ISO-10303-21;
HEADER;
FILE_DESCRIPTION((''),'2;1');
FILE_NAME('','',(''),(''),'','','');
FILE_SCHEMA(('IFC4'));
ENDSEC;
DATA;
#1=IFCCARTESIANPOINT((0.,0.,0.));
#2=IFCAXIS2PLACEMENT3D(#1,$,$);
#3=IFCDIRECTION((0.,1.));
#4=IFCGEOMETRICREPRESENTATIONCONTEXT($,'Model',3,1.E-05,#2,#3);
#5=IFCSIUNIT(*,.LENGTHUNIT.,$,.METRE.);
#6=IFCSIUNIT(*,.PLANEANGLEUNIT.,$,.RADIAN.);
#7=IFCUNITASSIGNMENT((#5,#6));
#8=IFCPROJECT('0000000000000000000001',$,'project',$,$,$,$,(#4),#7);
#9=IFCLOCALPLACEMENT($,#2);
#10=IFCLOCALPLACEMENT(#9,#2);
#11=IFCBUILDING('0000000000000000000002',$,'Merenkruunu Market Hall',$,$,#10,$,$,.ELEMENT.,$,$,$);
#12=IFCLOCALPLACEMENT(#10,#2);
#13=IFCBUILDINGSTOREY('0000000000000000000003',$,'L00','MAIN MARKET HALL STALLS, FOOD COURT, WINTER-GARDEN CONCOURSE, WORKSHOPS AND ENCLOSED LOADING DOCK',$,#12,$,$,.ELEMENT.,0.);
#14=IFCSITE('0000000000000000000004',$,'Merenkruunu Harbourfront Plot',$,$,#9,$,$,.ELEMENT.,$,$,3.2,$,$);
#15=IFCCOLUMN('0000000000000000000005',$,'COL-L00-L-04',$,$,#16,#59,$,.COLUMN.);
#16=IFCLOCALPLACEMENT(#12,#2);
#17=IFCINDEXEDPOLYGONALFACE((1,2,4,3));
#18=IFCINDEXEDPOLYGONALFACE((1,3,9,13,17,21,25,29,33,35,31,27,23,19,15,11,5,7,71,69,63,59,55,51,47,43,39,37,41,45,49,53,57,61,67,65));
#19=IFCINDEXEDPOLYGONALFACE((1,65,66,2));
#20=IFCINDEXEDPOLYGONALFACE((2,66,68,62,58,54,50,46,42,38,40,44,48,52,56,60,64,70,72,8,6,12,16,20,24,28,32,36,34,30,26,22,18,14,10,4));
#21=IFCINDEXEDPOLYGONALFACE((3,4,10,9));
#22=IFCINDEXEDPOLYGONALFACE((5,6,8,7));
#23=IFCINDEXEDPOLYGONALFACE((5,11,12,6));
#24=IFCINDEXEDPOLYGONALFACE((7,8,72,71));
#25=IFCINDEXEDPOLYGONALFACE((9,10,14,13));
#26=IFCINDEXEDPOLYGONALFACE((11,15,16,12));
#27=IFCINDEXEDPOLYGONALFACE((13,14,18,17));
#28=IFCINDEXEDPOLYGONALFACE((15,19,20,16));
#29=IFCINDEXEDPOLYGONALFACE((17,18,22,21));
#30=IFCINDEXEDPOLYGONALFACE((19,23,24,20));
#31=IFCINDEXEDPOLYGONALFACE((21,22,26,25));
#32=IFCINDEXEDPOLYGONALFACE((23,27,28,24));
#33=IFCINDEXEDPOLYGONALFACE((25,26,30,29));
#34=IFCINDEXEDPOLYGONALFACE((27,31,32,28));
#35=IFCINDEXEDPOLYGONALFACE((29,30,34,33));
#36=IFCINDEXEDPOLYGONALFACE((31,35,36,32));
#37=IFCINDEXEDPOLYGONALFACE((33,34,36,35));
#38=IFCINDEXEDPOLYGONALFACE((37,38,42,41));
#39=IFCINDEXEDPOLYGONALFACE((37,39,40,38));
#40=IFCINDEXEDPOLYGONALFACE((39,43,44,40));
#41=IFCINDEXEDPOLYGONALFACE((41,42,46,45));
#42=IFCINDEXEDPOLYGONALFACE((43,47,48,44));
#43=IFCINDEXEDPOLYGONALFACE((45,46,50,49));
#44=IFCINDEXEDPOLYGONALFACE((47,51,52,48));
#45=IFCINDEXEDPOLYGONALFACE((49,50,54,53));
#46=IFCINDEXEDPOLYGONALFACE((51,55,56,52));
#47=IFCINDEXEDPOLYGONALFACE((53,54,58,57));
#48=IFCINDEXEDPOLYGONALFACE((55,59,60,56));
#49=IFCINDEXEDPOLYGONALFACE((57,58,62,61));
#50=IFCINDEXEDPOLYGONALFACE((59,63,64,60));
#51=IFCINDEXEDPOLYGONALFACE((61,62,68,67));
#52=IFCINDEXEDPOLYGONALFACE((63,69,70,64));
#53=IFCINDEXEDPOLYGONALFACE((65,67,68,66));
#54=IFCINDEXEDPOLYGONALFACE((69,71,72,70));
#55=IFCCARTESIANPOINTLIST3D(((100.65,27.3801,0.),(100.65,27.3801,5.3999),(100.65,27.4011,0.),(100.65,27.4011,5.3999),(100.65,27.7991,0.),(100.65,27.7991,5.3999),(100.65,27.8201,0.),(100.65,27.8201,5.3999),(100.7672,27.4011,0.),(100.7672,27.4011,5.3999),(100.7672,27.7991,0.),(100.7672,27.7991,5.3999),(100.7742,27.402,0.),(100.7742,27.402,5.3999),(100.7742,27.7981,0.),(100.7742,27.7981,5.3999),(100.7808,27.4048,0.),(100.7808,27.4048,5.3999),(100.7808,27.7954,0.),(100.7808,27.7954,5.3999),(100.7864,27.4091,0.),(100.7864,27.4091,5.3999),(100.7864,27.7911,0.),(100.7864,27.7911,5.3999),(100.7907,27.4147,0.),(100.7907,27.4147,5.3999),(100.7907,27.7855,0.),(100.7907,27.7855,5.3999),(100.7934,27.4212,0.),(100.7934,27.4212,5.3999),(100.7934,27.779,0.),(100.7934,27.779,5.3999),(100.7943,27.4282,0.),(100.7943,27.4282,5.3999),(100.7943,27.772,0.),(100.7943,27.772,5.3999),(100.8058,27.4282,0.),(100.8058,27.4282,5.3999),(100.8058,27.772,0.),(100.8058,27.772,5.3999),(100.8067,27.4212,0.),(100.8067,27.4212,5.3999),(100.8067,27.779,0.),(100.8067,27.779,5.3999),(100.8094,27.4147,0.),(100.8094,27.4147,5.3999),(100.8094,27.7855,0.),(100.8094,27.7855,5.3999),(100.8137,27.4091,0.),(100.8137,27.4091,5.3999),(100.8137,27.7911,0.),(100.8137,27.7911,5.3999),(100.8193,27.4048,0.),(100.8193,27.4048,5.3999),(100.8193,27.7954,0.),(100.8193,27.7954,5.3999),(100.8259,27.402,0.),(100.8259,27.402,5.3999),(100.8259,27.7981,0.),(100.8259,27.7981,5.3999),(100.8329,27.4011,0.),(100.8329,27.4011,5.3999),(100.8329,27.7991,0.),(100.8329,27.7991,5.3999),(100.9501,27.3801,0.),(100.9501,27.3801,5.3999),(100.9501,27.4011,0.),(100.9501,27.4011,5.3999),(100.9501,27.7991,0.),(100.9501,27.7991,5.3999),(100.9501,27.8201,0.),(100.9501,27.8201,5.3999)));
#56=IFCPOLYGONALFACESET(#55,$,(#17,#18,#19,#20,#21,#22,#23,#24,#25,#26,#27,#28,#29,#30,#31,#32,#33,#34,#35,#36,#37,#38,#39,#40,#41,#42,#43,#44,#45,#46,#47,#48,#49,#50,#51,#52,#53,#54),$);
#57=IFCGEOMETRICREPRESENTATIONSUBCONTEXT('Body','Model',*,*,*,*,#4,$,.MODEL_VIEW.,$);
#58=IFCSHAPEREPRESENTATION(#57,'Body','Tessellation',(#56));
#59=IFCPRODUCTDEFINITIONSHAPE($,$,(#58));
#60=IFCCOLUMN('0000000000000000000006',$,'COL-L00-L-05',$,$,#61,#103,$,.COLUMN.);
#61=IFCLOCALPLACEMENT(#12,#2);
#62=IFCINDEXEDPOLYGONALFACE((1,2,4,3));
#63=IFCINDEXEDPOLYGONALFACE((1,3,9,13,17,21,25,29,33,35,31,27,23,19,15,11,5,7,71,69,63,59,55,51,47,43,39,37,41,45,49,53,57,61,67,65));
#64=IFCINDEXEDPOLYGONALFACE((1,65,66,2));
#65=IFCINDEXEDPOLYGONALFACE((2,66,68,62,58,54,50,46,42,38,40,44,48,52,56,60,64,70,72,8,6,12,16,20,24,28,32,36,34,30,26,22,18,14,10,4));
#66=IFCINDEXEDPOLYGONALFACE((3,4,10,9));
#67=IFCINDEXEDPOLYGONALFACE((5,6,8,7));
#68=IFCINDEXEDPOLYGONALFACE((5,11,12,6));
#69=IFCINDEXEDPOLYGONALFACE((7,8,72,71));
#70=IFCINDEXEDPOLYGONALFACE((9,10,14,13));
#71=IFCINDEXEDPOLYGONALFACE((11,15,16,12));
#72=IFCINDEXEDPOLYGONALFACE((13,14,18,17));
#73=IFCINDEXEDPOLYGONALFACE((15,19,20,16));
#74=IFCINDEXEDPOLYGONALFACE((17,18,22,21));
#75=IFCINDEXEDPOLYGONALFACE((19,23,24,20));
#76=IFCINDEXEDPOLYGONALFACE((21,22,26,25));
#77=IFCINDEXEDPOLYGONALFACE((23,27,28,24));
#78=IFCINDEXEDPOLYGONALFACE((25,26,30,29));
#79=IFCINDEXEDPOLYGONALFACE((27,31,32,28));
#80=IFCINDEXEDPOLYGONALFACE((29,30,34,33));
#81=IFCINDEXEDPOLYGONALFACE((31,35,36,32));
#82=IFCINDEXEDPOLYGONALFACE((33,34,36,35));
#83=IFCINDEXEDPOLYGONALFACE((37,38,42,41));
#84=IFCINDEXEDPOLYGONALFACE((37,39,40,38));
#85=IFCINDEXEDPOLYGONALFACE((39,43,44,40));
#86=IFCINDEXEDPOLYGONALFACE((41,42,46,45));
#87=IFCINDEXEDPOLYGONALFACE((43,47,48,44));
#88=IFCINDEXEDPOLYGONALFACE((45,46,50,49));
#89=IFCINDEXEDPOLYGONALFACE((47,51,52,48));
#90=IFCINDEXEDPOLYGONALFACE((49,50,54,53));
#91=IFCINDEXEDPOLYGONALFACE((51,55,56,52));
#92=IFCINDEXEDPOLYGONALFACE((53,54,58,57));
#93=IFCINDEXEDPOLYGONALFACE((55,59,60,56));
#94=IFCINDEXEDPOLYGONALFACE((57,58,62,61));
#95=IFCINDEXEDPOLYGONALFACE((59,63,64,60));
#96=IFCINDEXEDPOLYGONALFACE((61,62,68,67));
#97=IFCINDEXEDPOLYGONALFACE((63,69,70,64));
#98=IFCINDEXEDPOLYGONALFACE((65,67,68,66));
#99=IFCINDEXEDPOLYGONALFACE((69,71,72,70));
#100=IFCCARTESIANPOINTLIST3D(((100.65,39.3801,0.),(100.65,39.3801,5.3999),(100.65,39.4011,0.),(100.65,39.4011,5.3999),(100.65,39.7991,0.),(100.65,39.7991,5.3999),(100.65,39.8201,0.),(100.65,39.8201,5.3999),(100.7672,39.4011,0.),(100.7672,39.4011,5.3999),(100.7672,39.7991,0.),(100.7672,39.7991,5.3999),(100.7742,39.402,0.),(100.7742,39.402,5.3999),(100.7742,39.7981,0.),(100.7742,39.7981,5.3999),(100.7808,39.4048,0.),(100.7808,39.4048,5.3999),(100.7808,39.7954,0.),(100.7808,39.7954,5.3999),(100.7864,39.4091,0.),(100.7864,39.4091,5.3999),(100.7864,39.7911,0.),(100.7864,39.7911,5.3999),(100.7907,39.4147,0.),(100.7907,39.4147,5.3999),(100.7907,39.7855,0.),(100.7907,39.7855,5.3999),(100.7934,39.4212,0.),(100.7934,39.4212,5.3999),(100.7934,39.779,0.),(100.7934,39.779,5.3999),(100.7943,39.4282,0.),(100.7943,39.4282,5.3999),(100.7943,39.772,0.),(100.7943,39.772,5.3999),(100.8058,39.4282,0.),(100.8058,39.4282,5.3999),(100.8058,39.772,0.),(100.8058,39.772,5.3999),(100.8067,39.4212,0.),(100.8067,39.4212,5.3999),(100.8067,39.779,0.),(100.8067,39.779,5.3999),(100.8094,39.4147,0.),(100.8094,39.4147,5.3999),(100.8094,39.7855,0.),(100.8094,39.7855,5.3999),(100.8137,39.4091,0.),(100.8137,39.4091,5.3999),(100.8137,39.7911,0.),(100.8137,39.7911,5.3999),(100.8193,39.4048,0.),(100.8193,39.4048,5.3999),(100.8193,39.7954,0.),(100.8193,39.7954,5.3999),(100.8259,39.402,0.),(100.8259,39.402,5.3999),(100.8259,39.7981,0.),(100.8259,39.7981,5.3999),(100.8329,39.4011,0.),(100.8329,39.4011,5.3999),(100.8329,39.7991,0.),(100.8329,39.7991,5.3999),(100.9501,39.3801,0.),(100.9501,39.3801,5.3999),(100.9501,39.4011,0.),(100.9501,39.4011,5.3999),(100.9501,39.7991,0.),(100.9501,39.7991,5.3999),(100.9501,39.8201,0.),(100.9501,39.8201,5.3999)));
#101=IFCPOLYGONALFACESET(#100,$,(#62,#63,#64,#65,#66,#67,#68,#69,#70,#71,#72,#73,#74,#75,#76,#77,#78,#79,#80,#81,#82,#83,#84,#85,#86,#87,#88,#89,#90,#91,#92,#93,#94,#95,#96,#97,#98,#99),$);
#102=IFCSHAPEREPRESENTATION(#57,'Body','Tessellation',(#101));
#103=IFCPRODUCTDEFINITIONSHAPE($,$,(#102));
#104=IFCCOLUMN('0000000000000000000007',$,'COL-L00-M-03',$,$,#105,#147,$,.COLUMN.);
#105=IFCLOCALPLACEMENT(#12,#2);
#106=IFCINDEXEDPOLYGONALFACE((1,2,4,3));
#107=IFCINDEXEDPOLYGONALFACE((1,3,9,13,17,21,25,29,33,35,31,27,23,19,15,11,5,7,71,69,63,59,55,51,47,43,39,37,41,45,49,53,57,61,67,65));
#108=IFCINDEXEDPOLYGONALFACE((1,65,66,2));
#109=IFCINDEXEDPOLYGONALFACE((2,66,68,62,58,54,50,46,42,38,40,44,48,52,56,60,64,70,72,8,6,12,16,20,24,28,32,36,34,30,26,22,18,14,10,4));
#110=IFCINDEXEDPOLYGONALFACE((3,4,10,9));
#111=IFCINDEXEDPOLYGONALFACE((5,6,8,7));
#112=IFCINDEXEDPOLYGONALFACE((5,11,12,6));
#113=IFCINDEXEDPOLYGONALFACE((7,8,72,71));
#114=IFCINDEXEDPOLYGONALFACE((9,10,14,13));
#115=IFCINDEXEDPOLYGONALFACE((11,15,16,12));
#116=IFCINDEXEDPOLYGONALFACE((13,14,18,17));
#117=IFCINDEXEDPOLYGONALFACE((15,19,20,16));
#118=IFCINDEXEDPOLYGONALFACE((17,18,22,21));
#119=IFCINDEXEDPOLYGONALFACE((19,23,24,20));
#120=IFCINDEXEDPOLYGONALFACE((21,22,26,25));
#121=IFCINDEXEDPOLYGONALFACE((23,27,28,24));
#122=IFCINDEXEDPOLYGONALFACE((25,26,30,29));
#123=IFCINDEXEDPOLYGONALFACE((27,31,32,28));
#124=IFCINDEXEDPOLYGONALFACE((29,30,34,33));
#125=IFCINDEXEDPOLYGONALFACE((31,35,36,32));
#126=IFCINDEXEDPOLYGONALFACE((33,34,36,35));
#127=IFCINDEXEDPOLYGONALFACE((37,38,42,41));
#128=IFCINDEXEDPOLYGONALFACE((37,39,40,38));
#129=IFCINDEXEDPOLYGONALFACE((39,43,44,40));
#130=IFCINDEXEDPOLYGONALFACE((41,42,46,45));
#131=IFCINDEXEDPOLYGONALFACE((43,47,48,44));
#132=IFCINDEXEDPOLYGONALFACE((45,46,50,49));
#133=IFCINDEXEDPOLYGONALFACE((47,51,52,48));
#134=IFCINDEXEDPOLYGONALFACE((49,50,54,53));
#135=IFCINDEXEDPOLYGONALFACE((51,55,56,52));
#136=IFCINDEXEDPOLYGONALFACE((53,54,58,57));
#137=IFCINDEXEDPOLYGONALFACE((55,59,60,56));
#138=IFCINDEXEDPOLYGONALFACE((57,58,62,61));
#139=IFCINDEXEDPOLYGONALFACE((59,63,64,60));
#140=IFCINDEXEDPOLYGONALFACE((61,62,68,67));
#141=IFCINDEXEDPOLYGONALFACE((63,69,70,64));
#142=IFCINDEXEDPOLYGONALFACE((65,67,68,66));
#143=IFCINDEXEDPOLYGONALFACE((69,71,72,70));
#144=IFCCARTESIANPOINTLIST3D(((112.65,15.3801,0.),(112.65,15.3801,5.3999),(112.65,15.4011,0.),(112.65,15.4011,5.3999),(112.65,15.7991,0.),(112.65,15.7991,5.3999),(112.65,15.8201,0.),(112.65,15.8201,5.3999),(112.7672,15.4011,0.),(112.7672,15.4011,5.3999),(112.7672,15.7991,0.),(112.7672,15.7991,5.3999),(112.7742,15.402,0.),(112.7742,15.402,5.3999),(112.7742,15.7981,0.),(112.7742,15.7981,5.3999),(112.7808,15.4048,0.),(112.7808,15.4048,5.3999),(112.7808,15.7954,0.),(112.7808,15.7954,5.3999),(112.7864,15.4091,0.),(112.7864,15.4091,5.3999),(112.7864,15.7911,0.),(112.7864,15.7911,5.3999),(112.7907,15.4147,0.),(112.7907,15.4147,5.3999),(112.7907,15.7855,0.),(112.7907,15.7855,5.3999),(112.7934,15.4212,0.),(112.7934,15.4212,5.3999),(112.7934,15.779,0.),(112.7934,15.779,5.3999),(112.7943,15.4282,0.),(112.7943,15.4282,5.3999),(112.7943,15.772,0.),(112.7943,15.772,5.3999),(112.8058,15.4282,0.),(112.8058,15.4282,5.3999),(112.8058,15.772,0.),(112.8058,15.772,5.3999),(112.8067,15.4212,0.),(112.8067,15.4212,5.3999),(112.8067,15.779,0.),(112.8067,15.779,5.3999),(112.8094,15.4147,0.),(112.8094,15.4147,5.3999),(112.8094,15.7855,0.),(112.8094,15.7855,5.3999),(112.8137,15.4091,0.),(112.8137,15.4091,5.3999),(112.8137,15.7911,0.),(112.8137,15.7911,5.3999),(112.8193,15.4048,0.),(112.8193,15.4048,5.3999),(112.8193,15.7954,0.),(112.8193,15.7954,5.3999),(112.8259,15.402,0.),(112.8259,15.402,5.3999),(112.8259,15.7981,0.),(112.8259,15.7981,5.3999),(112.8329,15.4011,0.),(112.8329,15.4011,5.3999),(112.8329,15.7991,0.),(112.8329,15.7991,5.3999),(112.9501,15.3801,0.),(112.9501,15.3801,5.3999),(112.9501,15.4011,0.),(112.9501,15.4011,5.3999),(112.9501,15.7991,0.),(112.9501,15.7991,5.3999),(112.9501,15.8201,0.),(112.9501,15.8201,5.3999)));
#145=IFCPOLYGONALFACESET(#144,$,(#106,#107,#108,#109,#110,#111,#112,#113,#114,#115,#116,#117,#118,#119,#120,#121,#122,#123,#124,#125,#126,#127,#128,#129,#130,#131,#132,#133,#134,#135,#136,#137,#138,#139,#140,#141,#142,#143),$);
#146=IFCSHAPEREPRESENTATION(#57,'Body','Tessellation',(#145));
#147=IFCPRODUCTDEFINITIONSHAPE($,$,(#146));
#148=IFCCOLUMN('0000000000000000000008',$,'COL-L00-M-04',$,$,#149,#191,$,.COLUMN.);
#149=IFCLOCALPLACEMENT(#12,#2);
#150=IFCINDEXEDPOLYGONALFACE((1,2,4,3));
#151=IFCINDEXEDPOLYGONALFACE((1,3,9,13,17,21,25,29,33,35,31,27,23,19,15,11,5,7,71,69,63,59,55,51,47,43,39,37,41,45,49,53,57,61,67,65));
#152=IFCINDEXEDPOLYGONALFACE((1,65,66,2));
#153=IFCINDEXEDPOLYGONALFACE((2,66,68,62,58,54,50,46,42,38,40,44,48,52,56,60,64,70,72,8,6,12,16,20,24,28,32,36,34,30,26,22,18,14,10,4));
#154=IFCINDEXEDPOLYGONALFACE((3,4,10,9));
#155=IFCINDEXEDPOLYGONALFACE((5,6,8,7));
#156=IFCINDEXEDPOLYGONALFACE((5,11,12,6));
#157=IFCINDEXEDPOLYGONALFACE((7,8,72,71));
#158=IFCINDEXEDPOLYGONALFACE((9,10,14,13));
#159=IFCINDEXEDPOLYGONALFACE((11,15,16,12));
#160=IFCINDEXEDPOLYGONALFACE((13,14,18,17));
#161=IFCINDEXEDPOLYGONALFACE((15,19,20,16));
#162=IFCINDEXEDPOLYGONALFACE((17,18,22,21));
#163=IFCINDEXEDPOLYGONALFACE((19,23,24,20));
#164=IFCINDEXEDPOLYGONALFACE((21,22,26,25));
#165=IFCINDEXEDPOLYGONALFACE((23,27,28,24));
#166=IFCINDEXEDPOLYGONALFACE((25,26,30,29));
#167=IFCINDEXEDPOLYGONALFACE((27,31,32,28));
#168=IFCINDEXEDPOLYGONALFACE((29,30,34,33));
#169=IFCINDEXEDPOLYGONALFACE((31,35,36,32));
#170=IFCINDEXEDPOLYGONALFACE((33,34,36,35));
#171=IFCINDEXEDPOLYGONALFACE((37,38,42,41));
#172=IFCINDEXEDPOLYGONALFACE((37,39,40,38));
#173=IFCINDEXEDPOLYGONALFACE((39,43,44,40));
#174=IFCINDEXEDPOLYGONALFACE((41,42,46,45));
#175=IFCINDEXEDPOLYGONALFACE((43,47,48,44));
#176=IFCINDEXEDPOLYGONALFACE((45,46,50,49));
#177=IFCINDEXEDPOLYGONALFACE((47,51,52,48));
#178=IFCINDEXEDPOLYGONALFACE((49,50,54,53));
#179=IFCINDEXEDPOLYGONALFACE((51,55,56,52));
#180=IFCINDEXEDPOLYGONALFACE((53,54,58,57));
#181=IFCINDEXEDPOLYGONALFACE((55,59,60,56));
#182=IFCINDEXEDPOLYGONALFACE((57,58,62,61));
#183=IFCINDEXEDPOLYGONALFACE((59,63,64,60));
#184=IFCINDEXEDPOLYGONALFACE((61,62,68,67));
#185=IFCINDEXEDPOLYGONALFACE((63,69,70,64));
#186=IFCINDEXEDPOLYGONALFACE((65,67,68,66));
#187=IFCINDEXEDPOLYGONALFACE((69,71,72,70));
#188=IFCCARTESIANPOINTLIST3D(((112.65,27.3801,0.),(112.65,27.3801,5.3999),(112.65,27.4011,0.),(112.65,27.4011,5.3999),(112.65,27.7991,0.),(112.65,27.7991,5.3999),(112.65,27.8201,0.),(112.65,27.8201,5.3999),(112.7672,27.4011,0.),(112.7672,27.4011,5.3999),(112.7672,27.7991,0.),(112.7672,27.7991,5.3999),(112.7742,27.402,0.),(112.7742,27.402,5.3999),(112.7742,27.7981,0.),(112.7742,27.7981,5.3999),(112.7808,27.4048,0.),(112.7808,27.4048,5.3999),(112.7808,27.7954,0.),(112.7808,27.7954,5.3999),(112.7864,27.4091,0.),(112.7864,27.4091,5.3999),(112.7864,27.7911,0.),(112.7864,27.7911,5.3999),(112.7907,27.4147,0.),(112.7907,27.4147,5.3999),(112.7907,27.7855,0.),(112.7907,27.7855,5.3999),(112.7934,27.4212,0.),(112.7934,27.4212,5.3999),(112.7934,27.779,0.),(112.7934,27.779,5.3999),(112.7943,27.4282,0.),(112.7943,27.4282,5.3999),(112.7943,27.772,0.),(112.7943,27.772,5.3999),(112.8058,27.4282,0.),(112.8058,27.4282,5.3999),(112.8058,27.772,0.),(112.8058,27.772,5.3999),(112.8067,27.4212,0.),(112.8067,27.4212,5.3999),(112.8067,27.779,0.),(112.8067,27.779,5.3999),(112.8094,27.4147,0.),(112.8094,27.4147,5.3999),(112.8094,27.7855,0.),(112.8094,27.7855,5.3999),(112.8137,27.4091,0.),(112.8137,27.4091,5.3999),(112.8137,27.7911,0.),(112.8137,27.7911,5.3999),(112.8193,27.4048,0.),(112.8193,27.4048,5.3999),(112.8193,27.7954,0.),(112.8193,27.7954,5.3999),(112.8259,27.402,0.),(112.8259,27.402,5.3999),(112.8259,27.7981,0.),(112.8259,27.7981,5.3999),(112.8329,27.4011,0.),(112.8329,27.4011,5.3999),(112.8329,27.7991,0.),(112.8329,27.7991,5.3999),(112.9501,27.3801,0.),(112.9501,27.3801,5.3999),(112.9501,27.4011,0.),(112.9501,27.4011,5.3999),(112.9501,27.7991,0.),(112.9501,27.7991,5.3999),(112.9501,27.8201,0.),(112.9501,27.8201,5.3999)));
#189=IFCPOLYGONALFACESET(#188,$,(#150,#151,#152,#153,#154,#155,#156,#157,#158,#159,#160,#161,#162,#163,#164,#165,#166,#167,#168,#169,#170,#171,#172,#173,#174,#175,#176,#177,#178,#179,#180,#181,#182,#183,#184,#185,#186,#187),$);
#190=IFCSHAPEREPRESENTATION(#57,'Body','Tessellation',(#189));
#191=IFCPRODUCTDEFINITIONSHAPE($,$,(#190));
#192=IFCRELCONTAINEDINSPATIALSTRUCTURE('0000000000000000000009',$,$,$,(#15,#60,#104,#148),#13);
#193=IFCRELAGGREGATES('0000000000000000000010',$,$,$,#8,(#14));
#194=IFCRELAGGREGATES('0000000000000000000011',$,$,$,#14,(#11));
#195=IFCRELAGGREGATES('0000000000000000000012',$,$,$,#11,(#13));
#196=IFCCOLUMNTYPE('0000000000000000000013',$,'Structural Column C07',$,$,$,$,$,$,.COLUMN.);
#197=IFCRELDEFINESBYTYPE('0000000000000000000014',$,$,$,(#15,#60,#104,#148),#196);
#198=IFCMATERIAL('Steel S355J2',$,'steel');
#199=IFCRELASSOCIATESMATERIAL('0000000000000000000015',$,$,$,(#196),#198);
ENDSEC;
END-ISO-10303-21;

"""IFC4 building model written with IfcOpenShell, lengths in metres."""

from ifc_helpers import new_model, si_unit, direction, frame, origin, origin_2d, place, context, subcontext, project, spatial, i_section, extrude, material, material_profile, profile_set, type_object, element, save


model = new_model("IFC4")

# Units and contexts
model_context = context("Model", 3, precision=1e-05, world=origin(), true_north=direction((0.0, 1.0)))
body_context = subcontext(model_context, "Body", "Model", "MODEL_VIEW")
ifc_project = project(units=[si_unit("LENGTHUNIT", "METRE"), si_unit("PLANEANGLEUNIT", "RADIAN")], contexts=[model_context])

# Site, building, storey
site_placement = place(None, origin())
site = spatial("IfcSite", under=ifc_project, at=site_placement, Name="Merenkruunu Harbourfront Plot", CompositionType="ELEMENT", RefElevation=3.2)
building_placement = place(site_placement, origin())
building = spatial("IfcBuilding", under=site, at=building_placement, Name="Merenkruunu Market Hall", CompositionType="ELEMENT")
storey_placement = place(building_placement, origin())
storey = spatial("IfcBuildingStorey", under=building, at=storey_placement, Name="L00", Description="MAIN MARKET HALL STALLS, FOOD COURT, WINTER-GARDEN CONCOURSE, WORKSHOPS AND ENCLOSED LOADING DOCK", CompositionType="ELEMENT", Elevation=0.0)

# Columns
ifc_material_1 = material(Name="Steel S355J2", Category="steel")
ifc_material_profile_1 = material_profile(ifc_material_1, i_section(OverallWidth=0.3, OverallDepth=0.4399, WebThickness=0.0115, FlangeThickness=0.021, FilletRadius=0.0271, at=origin_2d()), Name="HEA 450")
ifc_profile_set_1 = profile_set([ifc_material_profile_1], Name="Steel S355J2")
column_type_1 = type_object("IfcColumnType", Name="Structural Column C07", PredefinedType="COLUMN", material=ifc_profile_set_1)
for number, where, z_axis, x_axis, name in (
    (1, (100.8, 27.6001, 0.0), (0.0, 0.0, 1.0), (1.0, 0.0, 0.0), "COL-L00-L-04"),
    (2, (100.8, 39.6001, 0.0), (0.0, 0.0, 1.0), (1.0, 0.0, 0.0), "COL-L00-L-05"),
    (3, (112.8, 15.6001, 0.0), (0.0, 0.0, 1.0), (1.0, 0.0, 0.0), "COL-L00-M-03"),
    (4, (112.8, 27.6001, 0.0), (0.0, 0.0, 1.0), (1.0, 0.0, 0.0), "COL-L00-M-04"),
):
    element("IfcColumn", number, at=place(storey_placement, frame(where, z_axis=z_axis, x_axis=x_axis)), inside=storey, type_object=column_type_1, Name=name, PredefinedType="COLUMN", context=body_context, shape_type="SweptSolid", body=[
        extrude(i_section(OverallWidth=0.3, OverallDepth=0.4399, WebThickness=0.0115, FlangeThickness=0.021, FilletRadius=0.0271, at=origin_2d()), origin(), (0.0, 0.0, 1.0), 5.3999),
    ])

save(model, "model.ifc")
